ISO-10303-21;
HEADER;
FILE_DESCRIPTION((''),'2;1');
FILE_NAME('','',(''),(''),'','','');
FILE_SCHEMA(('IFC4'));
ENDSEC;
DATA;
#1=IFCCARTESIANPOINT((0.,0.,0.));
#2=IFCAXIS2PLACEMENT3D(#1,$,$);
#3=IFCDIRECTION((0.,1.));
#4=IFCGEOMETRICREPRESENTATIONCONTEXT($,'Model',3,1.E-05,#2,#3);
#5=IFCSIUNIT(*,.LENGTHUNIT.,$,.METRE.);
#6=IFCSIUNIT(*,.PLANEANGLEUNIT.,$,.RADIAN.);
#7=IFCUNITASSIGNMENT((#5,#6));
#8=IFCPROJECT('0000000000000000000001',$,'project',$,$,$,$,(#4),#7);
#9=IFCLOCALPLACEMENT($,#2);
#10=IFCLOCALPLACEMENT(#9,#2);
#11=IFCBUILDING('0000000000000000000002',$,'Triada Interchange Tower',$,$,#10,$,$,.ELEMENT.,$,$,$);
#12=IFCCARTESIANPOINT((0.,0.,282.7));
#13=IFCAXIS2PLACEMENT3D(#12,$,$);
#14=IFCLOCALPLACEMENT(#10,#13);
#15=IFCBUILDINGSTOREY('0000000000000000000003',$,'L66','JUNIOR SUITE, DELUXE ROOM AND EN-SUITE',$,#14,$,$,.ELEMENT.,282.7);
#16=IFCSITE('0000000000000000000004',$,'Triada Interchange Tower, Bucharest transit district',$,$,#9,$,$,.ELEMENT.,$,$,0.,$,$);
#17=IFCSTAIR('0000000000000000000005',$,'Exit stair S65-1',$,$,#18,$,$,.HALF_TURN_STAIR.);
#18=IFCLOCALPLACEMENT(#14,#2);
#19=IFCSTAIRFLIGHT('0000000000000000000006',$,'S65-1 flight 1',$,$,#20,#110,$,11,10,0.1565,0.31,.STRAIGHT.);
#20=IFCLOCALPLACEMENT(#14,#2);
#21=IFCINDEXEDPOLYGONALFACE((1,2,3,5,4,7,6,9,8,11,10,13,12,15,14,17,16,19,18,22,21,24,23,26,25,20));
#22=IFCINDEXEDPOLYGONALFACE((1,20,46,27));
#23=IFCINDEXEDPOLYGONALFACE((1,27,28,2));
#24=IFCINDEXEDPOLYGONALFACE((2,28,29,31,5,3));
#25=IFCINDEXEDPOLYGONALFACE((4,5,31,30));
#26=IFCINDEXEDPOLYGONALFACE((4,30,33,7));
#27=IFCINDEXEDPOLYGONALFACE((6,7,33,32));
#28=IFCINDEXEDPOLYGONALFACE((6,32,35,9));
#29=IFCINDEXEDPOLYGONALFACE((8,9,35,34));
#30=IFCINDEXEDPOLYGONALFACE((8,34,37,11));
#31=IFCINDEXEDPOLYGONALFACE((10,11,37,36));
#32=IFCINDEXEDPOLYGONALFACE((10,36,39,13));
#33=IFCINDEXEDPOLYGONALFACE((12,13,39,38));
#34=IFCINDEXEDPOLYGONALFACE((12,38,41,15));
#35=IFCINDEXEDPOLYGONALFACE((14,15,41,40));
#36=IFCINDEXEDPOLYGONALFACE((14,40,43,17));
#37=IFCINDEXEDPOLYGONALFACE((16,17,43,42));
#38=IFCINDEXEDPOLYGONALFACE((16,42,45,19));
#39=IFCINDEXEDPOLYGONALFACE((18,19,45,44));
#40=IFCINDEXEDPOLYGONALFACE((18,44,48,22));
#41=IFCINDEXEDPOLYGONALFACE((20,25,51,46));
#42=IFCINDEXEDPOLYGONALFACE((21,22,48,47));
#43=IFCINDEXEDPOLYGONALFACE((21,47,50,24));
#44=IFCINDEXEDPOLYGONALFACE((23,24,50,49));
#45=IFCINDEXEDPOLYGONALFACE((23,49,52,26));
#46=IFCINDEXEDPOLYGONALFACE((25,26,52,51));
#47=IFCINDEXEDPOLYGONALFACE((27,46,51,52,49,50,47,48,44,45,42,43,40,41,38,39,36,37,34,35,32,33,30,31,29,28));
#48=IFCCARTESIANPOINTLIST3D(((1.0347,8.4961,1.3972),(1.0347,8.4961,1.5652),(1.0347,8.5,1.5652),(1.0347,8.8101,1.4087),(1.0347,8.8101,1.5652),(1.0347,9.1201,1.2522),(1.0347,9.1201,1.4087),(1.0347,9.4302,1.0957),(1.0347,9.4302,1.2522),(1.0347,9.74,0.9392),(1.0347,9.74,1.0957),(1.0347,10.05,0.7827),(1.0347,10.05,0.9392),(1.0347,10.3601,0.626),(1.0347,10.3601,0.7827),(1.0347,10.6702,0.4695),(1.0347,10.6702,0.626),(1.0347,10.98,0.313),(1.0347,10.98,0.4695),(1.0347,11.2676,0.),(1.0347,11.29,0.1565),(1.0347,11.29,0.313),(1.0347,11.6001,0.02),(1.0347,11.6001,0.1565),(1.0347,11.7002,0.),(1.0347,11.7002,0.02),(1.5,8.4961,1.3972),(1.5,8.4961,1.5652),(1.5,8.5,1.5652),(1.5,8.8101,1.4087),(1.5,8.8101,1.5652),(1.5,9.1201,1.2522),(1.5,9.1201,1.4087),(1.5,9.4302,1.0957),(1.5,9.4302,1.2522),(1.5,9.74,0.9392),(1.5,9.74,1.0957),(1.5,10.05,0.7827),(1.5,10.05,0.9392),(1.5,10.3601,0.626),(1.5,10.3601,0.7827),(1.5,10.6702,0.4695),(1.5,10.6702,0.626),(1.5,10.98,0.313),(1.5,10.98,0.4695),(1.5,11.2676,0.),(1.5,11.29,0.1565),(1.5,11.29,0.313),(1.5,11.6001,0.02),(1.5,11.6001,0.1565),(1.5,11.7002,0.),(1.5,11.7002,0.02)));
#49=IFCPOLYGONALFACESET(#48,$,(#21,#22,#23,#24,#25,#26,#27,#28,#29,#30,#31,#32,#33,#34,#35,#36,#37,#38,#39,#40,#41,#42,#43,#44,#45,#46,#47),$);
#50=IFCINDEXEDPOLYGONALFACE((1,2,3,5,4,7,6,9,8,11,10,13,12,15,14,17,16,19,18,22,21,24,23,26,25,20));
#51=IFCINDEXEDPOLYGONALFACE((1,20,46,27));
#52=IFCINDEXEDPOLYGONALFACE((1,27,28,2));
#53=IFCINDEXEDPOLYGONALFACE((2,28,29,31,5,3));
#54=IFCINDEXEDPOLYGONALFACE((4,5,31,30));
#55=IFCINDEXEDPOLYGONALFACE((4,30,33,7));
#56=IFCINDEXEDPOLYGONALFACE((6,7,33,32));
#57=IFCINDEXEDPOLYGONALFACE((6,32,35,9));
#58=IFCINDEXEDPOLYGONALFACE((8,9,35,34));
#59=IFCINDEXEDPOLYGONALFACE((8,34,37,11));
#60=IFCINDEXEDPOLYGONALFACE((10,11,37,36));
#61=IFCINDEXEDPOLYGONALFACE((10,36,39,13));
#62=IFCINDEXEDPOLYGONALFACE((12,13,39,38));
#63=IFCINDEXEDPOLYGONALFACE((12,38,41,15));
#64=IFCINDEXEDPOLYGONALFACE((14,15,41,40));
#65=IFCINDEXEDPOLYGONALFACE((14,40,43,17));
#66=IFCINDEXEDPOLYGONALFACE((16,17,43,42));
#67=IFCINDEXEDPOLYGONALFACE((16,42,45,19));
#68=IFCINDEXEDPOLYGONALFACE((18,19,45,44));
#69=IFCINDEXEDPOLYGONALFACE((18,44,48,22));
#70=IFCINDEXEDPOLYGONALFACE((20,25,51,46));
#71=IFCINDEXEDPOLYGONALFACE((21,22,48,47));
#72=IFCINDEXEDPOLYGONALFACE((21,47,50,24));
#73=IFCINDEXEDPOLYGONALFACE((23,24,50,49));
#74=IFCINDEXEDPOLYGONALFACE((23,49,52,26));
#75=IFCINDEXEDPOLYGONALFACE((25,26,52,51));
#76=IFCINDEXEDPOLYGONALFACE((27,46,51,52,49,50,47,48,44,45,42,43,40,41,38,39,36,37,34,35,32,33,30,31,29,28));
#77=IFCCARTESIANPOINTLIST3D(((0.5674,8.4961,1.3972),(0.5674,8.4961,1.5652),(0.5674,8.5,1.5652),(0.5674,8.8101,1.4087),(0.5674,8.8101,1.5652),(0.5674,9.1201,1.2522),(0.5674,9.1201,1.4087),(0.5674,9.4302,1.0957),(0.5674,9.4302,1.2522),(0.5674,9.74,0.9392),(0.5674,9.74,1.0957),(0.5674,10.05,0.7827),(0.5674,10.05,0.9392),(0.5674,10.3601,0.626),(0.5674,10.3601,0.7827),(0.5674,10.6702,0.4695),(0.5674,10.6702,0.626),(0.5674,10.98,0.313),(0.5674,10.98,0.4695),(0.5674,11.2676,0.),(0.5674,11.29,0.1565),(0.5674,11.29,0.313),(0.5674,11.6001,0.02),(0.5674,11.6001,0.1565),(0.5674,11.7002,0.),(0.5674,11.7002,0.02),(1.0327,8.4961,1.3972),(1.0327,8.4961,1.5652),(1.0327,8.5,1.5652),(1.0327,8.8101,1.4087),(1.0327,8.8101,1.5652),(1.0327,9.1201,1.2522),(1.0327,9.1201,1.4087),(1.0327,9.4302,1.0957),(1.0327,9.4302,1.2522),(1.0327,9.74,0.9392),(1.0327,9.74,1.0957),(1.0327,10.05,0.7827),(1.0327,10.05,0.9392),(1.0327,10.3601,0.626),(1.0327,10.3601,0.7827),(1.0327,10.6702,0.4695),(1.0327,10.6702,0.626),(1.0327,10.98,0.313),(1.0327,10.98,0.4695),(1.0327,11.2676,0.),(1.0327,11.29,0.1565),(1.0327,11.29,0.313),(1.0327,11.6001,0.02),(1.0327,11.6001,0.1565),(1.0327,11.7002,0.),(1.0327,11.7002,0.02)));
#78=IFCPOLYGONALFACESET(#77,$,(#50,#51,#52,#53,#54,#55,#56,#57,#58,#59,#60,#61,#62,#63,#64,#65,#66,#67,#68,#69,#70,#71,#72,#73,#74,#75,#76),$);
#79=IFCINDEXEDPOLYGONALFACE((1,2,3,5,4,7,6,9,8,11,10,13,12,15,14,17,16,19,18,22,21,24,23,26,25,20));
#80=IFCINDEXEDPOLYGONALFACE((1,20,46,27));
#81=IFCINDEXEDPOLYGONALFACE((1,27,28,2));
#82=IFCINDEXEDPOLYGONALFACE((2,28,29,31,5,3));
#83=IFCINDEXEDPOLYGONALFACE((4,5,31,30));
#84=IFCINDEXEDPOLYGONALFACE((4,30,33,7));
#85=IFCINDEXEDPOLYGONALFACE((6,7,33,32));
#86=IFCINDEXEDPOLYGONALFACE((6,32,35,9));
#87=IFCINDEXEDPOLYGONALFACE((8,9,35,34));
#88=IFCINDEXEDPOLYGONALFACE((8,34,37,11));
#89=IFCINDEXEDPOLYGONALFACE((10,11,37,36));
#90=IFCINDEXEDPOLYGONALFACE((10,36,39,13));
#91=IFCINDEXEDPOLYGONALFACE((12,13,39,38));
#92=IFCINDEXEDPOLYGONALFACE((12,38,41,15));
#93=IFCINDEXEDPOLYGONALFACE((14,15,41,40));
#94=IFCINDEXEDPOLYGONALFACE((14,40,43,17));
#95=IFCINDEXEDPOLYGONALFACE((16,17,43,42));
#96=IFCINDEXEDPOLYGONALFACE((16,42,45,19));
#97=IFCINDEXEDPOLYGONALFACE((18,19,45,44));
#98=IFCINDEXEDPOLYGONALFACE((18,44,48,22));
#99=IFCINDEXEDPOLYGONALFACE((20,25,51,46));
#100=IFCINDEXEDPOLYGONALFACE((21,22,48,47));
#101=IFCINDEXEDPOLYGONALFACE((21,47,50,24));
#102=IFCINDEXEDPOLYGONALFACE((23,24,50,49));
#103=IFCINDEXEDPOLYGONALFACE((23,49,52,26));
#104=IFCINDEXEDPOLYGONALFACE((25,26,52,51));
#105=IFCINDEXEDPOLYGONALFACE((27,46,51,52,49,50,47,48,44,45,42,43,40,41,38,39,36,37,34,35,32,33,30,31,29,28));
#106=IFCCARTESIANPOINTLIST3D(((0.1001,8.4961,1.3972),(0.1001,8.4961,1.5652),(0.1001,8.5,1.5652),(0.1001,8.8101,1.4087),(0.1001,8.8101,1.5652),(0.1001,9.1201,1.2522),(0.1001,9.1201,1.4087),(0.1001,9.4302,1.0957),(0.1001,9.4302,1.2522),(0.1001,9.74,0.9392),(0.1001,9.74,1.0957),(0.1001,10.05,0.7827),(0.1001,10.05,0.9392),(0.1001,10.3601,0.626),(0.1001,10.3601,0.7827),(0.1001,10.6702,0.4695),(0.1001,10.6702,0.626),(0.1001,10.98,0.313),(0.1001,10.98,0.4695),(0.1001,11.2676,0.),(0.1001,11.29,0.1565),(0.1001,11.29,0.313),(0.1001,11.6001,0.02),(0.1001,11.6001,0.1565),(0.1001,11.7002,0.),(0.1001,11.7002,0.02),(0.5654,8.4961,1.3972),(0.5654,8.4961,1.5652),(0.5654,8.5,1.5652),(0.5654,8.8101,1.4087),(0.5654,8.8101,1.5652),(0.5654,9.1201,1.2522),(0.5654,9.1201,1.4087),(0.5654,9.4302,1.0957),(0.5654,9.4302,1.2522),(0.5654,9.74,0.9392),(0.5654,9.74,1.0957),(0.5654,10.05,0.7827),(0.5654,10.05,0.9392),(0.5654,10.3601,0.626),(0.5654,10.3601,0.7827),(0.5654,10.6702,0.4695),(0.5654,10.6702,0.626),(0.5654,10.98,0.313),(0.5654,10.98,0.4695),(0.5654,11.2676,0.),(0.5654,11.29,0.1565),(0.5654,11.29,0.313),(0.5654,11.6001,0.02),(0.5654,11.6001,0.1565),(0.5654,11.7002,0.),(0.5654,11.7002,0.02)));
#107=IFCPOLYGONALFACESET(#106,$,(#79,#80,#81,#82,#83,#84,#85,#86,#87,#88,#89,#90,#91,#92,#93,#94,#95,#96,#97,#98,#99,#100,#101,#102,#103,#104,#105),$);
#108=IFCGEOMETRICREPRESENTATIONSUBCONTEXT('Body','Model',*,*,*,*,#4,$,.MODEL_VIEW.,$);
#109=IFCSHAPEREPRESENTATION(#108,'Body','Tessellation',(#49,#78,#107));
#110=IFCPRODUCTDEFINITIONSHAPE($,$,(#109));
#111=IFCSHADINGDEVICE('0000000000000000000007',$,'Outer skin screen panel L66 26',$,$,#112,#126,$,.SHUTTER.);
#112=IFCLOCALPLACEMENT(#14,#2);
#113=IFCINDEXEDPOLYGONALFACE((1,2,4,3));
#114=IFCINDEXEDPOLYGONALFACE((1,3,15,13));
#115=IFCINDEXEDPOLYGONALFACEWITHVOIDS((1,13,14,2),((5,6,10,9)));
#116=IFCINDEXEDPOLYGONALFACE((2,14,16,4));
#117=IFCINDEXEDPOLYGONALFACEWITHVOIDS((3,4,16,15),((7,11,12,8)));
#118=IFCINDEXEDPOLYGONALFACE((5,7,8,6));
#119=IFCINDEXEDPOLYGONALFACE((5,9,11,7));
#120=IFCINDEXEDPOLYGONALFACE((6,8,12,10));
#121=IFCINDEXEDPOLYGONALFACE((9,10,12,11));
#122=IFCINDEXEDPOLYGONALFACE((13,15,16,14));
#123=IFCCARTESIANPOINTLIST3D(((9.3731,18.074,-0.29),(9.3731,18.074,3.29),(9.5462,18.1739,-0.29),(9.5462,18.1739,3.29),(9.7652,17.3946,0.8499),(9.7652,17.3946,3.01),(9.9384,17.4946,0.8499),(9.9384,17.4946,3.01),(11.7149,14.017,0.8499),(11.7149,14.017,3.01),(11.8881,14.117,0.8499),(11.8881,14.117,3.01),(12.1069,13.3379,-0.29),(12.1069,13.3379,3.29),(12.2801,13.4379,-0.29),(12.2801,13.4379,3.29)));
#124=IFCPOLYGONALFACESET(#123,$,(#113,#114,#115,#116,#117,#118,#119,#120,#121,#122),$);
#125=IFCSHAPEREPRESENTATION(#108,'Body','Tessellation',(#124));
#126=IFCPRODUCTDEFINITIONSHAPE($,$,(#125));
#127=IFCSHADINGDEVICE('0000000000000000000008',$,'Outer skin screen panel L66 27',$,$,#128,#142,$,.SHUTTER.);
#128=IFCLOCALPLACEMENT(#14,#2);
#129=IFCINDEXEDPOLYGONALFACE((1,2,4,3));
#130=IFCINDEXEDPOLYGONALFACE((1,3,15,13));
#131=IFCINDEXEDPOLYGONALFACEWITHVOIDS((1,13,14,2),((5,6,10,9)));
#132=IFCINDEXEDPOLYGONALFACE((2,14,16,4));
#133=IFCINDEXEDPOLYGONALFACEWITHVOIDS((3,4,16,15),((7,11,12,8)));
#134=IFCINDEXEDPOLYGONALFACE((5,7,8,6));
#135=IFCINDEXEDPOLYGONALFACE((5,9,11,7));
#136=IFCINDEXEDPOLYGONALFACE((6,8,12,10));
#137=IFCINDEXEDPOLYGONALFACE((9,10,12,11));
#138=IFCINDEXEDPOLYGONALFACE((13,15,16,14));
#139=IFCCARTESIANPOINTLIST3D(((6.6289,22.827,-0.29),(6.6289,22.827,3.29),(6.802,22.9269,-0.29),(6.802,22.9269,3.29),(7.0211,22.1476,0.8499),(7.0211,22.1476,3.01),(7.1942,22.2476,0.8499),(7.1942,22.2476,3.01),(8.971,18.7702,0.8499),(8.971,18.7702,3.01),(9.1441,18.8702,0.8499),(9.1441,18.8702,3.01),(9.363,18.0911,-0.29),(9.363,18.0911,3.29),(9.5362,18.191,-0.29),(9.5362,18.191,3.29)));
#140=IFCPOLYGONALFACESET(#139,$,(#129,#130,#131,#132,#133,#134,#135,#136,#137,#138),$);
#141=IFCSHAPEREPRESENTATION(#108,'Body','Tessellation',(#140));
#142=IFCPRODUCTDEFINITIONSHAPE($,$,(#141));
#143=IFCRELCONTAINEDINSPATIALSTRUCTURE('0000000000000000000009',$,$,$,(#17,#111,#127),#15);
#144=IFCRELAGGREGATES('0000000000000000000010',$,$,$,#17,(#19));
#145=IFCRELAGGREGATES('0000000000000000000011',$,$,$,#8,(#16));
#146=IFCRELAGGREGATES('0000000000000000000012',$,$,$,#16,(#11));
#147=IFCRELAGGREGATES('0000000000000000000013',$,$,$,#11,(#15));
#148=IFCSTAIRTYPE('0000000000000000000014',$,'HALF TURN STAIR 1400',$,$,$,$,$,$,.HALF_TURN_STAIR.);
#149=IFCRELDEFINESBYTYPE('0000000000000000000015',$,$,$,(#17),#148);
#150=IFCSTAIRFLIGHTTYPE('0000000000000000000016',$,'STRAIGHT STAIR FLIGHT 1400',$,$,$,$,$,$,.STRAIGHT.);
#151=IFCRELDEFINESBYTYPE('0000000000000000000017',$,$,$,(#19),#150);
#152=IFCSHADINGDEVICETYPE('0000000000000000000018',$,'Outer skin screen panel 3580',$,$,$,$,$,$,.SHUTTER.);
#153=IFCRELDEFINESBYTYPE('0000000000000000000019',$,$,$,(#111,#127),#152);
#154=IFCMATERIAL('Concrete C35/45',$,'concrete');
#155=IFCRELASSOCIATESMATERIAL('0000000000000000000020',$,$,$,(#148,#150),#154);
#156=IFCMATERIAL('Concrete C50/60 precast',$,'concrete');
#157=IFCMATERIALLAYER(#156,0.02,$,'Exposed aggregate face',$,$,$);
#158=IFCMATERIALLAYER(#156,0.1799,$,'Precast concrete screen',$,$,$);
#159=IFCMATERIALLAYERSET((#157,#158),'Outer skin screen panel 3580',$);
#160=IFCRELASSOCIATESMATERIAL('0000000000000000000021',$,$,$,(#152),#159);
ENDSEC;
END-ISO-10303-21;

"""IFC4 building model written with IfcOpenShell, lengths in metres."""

from ifc_helpers import new_model, si_unit, direction, frame, origin, place, context, subcontext, project, spatial, polyline, outline, extrude, material, layer, layer_set, type_object, element, aggregate, save


model = new_model("IFC4")

# Units and contexts
model_context = context("Model", 3, precision=1e-05, world=origin(), true_north=direction((0.0, 1.0)))
body_context = subcontext(model_context, "Body", "Model", "MODEL_VIEW")
ifc_project = project(units=[si_unit("LENGTHUNIT", "METRE"), si_unit("PLANEANGLEUNIT", "RADIAN")], contexts=[model_context])

# Site, building, storey
site_placement = place(None, origin())
site = spatial("IfcSite", under=ifc_project, at=site_placement, Name="Triada Interchange Tower, Bucharest transit district", CompositionType="ELEMENT", RefElevation=0.0)
building_placement = place(site_placement, origin())
building = spatial("IfcBuilding", under=site, at=building_placement, Name="Triada Interchange Tower", CompositionType="ELEMENT")
storey_placement = place(building_placement, frame((0.0, 0.0, 282.7)))
storey = spatial("IfcBuildingStorey", under=building, at=storey_placement, Name="L66", Description="JUNIOR SUITE, DELUXE ROOM AND EN-SUITE", CompositionType="ELEMENT", Elevation=282.7)

# Stair, stair flight
ifc_material_1 = material(Name="Concrete C35/45", Category="concrete")
stair_type = type_object("IfcStairType", Name="HALF TURN STAIR 1400", PredefinedType="HALF_TURN_STAIR", material=ifc_material_1)
stair_placement = place(storey_placement, origin())
stair = element("IfcStair", 1, at=stair_placement, inside=storey, type_object=stair_type, Name="Exit stair S65-1", PredefinedType="HALF_TURN_STAIR")
stair_flight_type = type_object("IfcStairFlightType", Name="STRAIGHT STAIR FLIGHT 1400", PredefinedType="STRAIGHT", material=ifc_material_1)
stair_flight_placement = place(storey_placement, frame((0.8, 11.6001, 0.0), z_axis=(0.0, 0.0, 1.0), x_axis=(0.0, -1.0, 0.0)))
stair_flight = element("IfcStairFlight", 2, at=stair_flight_placement, type_object=stair_flight_type, Name="S65-1 flight 1", NumberOfRisers=11, NumberOfTreads=10, PredefinedType="STRAIGHT", RiserHeight=0.1565, TreadLength=0.31, context=body_context, shape_type="SweptSolid", body=[
    extrude(outline(polyline([(-0.1001, 0.0), (-0.1001, 0.02), (0.0, 0.02), (0.0, 0.1565), (0.3101, 0.1565), (0.3101, 0.313), (0.6201, 0.313), (0.6201, 0.4695), (0.9299, 0.4695), (0.9299, 0.626), (1.24, 0.626), (1.24, 0.7827), (1.55, 0.7827), (1.55, 0.9392), (1.8601, 0.9392), (1.8601, 1.0957), (2.1699, 1.0957), (2.1699, 1.2522), (2.48, 1.2522), (2.48, 1.4087), (2.79, 1.4087), (2.79, 1.5652), (3.1001, 1.5652), (3.104, 1.5652), (3.104, 1.7217), (3.104, 1.3972), (0.3325, 0.0), (-0.1001, 0.0)])), frame((0.0, 0.7, 0.0), z_axis=(0.0, -1.0, 0.0), x_axis=(1.0, 0.0, 0.0)), (0.0, 0.0, 1.0), 0.4653),
    extrude(outline(polyline([(-0.1001, 0.0), (-0.1001, 0.02), (0.0, 0.02), (0.0, 0.1565), (0.3101, 0.1565), (0.3101, 0.313), (0.6201, 0.313), (0.6201, 0.4695), (0.9299, 0.4695), (0.9299, 0.626), (1.24, 0.626), (1.24, 0.7827), (1.55, 0.7827), (1.55, 0.9392), (1.8601, 0.9392), (1.8601, 1.0957), (2.1699, 1.0957), (2.1699, 1.2522), (2.48, 1.2522), (2.48, 1.4087), (2.79, 1.4087), (2.79, 1.5652), (3.1001, 1.5652), (3.104, 1.5652), (3.104, 1.7217), (3.104, 1.3972), (0.3325, 0.0), (-0.1001, 0.0)])), frame((0.0, 0.2327, 0.0), z_axis=(0.0, -1.0, 0.0), x_axis=(1.0, 0.0, 0.0)), (0.0, 0.0, 1.0), 0.4653),
    extrude(outline(polyline([(-0.1001, 0.0), (-0.1001, 0.02), (0.0, 0.02), (0.0, 0.1565), (0.3101, 0.1565), (0.3101, 0.313), (0.6201, 0.313), (0.6201, 0.4695), (0.9299, 0.4695), (0.9299, 0.626), (1.24, 0.626), (1.24, 0.7827), (1.55, 0.7827), (1.55, 0.9392), (1.8601, 0.9392), (1.8601, 1.0957), (2.1699, 1.0957), (2.1699, 1.2522), (2.48, 1.2522), (2.48, 1.4087), (2.79, 1.4087), (2.79, 1.5652), (3.1001, 1.5652), (3.104, 1.5652), (3.104, 1.7217), (3.104, 1.3972), (0.3325, 0.0), (-0.1001, 0.0)])), frame((0.0, -0.2346, 0.0), z_axis=(0.0, -1.0, 0.0), x_axis=(1.0, 0.0, 0.0)), (0.0, 0.0, 1.0), 0.4653),
])

# Shading devices
ifc_material_2 = material(Name="Concrete C50/60 precast", Category="concrete")
ifc_layer_1 = layer(ifc_material_2, 0.02, Name="Exposed aggregate face")
ifc_layer_2 = layer(ifc_material_2, 0.1799, Name="Precast concrete screen")
ifc_layer_set_1 = layer_set([ifc_layer_1, ifc_layer_2], Name="Outer skin screen panel 3580")
shading_device_type = type_object("IfcShadingDeviceType", Name="Outer skin screen panel 3580", PredefinedType="SHUTTER", material=ifc_layer_set_1)
for number, where, z_axis, x_axis, name in (
    (3, (12.1069, 13.3379, -0.29), (0.0, 0.0, 1.0), (-0.499932, 0.866064, 0.0), "Outer skin screen panel L66 26"),
    (4, (9.363, 18.0911, -0.29), (0.0, 0.0, 1.0), (-0.499985, 0.866034, 0.0), "Outer skin screen panel L66 27"),
):
    element("IfcShadingDevice", number, at=place(storey_placement, frame(where, z_axis=z_axis, x_axis=x_axis)), inside=storey, type_object=shading_device_type, Name=name, PredefinedType="SHUTTER", context=body_context, shape_type="SweptSolid", body=[
        extrude(outline(polyline([(0.0, 0.0), (5.4685, 0.0), (5.4685, 3.5801), (0.0, 3.5801), (0.0, 0.0)]), holes=[polyline([(0.7842, 1.1399), (0.7842, 3.3), (4.6841, 3.3), (4.6841, 1.1399), (0.7842, 1.1399)])]), frame((0.0, 0.0, 0.0), z_axis=(0.0, -1.0, 0.0), x_axis=(1.0, 0.0, 0.0)), (0.0, 0.0, 1.0), 0.2),
    ])

aggregate(stair, [stair_flight])

save(model, "model.ifc")
